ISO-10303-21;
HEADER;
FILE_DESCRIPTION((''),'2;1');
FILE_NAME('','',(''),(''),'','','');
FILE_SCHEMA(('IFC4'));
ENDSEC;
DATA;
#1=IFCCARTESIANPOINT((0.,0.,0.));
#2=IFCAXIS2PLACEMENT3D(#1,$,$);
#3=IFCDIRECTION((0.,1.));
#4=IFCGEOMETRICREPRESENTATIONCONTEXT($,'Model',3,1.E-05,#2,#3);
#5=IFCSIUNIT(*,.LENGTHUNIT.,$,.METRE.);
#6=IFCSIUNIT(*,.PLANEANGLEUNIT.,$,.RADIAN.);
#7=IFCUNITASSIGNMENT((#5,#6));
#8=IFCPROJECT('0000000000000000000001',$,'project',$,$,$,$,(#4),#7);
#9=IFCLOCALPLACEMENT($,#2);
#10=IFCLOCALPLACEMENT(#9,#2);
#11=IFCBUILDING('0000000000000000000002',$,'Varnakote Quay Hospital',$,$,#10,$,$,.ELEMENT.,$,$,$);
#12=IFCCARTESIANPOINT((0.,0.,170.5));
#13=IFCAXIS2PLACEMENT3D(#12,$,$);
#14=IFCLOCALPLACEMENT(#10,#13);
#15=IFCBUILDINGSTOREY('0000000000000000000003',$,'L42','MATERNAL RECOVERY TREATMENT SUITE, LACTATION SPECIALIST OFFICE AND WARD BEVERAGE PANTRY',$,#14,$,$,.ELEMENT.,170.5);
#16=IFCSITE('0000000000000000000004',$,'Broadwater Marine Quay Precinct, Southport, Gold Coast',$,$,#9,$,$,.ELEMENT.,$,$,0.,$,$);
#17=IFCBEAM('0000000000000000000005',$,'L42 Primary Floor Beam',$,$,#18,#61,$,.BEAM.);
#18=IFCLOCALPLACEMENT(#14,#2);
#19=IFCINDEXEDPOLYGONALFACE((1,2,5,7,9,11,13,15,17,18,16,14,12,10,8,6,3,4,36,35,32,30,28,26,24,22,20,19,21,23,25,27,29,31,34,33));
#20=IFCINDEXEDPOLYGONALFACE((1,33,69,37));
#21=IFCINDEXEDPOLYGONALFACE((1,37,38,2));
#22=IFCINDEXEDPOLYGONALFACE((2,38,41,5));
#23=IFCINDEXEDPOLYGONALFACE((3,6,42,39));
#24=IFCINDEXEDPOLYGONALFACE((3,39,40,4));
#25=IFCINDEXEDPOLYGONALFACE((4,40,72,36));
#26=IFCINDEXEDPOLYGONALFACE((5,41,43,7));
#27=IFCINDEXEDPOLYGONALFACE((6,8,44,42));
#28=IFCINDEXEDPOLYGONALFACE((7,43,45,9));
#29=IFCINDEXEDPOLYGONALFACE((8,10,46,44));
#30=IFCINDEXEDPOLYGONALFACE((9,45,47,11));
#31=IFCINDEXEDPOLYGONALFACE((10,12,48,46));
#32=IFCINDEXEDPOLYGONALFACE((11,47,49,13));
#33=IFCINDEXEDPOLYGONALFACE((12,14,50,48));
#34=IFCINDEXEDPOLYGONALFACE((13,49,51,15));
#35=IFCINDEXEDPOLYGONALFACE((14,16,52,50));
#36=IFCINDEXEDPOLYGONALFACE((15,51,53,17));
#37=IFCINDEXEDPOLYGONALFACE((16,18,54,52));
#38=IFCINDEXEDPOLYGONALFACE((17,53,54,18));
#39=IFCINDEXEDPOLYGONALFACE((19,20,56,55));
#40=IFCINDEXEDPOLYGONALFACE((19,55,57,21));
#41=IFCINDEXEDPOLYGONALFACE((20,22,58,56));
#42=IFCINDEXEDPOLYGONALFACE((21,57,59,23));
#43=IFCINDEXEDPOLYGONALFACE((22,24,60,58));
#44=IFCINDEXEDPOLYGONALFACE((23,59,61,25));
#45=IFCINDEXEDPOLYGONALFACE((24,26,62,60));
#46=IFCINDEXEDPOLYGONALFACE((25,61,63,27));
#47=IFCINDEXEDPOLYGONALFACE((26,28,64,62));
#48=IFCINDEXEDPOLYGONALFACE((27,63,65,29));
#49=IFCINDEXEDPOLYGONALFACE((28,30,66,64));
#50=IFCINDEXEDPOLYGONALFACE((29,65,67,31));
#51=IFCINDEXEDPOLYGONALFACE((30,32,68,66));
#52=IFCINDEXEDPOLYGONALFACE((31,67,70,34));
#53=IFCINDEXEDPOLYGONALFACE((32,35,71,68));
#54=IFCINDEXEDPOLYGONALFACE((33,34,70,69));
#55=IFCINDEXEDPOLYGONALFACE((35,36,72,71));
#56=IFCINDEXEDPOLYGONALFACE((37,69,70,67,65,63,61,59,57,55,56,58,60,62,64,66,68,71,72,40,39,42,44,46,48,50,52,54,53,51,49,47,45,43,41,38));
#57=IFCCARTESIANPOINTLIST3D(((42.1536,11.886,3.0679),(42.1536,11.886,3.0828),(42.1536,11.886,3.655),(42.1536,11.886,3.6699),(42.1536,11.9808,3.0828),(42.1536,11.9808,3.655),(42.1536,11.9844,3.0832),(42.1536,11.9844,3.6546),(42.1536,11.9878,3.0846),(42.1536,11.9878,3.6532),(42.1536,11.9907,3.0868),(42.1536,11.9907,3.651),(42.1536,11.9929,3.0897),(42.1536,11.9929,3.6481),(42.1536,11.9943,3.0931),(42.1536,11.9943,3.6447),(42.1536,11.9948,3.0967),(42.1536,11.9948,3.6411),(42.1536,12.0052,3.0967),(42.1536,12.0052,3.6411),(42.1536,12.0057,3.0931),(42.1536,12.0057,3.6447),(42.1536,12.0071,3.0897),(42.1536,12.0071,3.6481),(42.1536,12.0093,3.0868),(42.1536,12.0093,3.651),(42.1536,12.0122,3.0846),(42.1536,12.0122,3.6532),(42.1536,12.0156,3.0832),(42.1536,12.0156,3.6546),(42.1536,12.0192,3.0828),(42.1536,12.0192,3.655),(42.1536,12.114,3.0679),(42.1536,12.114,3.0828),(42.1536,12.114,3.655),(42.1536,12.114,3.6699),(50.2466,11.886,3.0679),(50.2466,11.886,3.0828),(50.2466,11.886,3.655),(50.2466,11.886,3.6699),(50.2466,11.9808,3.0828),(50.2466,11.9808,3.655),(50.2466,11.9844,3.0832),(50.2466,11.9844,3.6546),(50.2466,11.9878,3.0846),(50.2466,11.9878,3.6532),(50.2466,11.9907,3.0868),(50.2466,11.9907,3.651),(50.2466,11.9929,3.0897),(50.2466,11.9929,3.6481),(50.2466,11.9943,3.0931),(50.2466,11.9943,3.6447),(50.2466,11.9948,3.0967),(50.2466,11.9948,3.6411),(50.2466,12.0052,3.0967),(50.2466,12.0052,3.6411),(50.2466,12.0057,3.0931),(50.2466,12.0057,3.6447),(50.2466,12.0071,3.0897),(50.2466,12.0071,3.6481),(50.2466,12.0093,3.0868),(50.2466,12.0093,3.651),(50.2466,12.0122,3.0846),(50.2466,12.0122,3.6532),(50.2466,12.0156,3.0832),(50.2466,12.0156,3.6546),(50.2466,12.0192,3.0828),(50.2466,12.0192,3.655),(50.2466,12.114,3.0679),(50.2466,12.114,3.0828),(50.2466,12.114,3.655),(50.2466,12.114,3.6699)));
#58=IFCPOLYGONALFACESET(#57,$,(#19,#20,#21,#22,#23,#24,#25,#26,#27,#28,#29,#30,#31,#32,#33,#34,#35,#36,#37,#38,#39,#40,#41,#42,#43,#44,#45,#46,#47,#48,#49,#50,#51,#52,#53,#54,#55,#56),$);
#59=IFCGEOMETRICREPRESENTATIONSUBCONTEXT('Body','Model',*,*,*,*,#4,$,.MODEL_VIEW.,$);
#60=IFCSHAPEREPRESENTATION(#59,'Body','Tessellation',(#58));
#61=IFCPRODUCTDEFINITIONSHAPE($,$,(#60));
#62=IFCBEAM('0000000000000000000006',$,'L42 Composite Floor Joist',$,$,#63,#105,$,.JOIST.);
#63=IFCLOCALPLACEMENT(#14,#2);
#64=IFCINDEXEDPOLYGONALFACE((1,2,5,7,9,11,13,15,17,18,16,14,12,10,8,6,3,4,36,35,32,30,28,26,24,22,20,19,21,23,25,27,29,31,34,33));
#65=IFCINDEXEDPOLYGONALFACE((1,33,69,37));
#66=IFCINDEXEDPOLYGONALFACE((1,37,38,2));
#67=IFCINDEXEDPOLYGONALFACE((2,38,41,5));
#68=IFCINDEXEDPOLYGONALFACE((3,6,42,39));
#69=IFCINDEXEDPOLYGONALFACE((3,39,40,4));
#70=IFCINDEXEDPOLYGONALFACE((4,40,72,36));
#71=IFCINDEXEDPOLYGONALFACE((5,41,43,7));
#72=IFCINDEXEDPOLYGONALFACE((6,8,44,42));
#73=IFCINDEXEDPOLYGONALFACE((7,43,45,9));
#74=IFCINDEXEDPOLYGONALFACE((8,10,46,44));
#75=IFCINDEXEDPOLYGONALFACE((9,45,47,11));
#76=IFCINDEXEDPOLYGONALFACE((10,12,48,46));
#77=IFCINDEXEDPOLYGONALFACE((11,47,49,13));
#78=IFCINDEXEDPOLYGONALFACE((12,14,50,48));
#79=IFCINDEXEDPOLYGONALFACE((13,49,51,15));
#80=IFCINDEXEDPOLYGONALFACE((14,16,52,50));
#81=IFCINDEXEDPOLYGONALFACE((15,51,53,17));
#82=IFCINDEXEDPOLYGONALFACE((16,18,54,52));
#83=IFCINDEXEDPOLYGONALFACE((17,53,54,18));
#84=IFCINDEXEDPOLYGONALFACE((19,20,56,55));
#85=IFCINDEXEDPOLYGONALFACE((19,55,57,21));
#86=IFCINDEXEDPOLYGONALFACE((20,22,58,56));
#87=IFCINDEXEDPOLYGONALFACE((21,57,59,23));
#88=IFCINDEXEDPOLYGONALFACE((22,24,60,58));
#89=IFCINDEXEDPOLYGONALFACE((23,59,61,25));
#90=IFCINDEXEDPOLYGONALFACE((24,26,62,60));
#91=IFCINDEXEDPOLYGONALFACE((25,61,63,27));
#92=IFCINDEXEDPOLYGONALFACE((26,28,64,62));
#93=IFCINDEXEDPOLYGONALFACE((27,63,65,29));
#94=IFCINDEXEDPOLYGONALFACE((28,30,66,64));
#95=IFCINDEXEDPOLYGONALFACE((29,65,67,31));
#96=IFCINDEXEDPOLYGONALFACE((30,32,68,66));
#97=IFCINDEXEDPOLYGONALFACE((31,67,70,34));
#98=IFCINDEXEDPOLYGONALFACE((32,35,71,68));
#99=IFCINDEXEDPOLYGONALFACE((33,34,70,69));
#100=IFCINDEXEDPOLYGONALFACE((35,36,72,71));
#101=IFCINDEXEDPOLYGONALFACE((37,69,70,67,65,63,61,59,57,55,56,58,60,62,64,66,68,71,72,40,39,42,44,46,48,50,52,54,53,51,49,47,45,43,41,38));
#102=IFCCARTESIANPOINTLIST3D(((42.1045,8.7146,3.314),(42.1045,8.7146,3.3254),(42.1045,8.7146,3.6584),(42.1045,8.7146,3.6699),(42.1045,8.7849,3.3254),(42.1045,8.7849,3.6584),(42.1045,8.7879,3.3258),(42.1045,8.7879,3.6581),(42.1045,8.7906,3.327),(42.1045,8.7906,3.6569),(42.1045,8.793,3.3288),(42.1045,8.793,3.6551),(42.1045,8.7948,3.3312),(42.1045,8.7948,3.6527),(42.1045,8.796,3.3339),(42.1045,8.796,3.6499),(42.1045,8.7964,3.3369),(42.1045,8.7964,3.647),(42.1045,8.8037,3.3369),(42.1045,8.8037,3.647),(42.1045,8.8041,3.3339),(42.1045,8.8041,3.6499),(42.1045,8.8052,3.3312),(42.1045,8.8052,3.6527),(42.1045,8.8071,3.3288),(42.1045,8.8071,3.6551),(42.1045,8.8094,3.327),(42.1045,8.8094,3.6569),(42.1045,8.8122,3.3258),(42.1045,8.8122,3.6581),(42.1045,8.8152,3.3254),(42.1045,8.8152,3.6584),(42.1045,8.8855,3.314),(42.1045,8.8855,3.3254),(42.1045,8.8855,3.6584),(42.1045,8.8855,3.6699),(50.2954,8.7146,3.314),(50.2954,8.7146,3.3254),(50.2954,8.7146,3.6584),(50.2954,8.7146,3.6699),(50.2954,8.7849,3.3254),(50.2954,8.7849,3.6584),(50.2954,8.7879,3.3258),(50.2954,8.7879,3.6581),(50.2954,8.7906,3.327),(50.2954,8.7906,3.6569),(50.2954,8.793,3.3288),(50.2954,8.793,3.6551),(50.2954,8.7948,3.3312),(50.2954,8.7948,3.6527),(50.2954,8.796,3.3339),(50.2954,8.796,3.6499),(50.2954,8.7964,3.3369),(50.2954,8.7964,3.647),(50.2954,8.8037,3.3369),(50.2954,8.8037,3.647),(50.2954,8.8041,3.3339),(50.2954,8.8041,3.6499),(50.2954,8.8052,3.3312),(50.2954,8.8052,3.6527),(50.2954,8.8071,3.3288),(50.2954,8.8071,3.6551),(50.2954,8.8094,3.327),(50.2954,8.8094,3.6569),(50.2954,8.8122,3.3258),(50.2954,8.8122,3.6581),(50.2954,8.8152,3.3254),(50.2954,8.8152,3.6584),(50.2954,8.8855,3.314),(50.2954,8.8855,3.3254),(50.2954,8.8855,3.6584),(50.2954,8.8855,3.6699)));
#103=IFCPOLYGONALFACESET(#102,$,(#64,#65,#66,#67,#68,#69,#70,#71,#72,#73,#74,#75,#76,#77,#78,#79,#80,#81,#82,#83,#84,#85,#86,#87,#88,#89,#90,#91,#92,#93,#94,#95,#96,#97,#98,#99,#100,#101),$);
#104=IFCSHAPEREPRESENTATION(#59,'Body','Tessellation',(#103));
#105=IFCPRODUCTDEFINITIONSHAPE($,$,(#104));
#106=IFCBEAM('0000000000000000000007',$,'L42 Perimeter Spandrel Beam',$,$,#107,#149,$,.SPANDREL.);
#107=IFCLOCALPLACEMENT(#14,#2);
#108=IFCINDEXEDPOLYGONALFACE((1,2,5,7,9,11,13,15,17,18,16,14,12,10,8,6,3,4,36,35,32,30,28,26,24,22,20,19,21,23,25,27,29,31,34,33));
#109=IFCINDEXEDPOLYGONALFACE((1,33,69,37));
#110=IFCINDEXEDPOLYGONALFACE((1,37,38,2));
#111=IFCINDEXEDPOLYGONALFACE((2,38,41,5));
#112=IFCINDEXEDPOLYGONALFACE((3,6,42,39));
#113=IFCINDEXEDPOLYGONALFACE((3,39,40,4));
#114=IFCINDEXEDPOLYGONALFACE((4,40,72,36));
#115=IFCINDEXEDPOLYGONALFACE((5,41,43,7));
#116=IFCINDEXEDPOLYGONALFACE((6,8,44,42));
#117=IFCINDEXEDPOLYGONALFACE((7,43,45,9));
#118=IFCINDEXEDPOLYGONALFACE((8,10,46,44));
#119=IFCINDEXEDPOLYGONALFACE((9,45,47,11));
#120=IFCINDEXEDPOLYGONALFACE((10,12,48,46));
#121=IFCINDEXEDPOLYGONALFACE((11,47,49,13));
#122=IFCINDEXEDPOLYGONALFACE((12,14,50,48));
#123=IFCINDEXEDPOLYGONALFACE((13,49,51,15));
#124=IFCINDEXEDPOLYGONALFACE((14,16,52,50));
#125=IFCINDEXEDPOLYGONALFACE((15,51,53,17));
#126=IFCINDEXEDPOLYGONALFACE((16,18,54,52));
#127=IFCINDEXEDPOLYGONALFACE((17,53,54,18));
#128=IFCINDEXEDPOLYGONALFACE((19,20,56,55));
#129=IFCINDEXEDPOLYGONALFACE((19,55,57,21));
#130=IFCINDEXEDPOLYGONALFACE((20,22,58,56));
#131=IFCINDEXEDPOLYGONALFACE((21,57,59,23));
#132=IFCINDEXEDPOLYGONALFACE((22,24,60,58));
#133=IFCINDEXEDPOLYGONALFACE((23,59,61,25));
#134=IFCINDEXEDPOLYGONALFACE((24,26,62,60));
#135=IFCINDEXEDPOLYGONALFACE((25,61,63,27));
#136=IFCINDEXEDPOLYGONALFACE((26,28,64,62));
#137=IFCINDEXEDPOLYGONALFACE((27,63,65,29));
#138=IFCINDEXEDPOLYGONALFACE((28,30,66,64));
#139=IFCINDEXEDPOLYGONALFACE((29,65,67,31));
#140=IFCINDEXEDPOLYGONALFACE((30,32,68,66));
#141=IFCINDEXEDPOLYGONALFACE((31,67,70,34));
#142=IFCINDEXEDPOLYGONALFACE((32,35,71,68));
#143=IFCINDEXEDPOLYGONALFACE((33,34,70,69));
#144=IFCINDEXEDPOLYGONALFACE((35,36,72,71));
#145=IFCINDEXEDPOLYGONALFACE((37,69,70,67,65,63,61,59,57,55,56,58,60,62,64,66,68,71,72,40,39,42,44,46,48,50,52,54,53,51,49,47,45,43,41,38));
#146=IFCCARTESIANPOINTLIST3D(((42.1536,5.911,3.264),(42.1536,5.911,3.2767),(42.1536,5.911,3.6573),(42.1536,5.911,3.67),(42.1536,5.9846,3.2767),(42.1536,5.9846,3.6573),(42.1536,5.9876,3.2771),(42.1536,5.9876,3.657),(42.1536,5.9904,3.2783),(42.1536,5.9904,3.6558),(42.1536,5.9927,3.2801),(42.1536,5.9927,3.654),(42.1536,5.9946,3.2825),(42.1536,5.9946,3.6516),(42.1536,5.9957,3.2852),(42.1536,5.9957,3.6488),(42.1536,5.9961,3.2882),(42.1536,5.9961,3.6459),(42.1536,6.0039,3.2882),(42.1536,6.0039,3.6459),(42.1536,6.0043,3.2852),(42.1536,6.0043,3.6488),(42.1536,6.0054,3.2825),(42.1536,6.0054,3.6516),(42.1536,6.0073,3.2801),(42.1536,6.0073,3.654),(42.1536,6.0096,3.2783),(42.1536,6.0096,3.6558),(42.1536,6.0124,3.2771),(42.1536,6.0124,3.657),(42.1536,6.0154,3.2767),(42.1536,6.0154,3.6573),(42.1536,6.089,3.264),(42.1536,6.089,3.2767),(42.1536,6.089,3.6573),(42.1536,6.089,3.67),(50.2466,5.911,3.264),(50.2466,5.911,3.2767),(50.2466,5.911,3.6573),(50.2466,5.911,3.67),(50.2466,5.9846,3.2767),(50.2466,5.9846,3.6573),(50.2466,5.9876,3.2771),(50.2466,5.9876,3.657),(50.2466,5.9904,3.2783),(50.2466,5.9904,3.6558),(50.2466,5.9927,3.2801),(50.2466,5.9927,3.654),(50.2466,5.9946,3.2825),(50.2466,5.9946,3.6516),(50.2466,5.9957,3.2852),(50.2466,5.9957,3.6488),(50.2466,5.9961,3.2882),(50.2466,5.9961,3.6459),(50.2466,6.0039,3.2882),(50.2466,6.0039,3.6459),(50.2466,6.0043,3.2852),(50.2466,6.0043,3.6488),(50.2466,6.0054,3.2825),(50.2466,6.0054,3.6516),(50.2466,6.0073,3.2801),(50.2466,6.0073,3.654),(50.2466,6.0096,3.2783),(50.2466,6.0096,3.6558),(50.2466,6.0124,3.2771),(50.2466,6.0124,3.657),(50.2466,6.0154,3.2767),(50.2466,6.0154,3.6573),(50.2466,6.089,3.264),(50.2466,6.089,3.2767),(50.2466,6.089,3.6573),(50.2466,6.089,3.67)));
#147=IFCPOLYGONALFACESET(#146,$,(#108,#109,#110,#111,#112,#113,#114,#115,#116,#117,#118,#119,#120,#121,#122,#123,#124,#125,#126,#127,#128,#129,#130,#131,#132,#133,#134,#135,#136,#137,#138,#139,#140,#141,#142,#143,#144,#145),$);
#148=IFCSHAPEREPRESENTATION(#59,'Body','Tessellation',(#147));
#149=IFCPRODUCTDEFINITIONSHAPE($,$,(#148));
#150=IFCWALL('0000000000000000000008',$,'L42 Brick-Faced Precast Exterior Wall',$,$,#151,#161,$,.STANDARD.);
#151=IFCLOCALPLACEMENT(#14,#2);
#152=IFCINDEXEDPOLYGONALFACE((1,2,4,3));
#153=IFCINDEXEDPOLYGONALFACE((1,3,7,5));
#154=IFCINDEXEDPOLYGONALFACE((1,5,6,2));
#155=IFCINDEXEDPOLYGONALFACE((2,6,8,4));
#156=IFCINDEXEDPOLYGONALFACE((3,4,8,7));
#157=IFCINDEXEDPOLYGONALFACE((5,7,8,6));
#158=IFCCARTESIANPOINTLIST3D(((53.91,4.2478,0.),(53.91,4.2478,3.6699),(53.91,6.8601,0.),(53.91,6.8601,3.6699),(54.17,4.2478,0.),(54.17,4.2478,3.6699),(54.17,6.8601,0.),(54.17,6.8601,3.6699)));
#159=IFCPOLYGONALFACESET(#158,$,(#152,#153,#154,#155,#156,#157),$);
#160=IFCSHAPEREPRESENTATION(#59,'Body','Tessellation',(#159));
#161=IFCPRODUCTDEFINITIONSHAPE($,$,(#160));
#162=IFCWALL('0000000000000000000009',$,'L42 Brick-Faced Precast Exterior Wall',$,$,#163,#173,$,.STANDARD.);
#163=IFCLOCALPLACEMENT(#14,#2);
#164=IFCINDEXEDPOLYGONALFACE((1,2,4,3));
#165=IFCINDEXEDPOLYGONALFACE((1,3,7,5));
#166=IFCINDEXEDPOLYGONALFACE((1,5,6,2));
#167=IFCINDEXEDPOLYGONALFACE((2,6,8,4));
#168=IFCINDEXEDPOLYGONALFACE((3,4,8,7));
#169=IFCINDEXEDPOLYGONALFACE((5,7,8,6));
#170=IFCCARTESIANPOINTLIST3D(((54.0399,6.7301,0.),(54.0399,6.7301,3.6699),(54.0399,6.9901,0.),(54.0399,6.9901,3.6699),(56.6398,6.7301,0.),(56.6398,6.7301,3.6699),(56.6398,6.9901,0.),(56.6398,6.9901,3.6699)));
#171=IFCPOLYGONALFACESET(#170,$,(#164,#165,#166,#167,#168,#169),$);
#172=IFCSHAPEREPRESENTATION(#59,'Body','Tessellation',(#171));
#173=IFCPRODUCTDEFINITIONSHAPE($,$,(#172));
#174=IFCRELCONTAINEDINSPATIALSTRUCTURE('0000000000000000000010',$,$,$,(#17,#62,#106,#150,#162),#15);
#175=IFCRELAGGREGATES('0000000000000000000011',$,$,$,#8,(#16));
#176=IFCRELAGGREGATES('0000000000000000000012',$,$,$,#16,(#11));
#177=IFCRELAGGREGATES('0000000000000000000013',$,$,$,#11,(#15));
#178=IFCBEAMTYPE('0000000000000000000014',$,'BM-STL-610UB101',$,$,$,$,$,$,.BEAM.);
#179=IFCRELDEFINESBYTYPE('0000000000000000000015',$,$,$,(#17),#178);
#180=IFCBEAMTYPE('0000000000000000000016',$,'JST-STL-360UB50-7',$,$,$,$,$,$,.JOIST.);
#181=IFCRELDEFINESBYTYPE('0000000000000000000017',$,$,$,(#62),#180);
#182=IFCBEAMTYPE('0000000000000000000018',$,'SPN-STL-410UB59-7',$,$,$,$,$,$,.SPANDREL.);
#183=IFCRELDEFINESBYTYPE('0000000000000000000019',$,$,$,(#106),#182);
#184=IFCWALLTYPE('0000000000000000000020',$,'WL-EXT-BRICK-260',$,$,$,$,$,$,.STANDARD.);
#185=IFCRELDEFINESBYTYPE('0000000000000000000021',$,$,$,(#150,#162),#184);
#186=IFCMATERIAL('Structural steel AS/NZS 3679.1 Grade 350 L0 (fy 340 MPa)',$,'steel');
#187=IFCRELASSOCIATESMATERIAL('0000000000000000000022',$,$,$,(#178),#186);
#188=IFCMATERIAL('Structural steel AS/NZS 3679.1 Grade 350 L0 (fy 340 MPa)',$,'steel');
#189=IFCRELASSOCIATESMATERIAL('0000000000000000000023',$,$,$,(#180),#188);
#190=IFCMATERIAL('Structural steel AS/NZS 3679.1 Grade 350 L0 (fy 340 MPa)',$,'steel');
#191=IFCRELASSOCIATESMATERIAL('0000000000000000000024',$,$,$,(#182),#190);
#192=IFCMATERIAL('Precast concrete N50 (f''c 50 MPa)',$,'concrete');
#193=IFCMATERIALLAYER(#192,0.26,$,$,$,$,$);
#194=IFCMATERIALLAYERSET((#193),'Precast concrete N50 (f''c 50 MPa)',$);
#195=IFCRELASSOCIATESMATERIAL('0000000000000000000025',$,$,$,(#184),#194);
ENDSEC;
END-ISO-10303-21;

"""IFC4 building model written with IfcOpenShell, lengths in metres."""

from ifc_helpers import new_model, si_unit, direction, frame, frame_2d, origin, origin_2d, place, context, subcontext, project, spatial, rectangle, i_section, extrude, material, layer, layer_set, material_profile, profile_set, type_object, element, save


model = new_model("IFC4")

# Units and contexts
model_context = context("Model", 3, precision=1e-05, world=origin(), true_north=direction((0.0, 1.0)))
body_context = subcontext(model_context, "Body", "Model", "MODEL_VIEW")
ifc_project = project(units=[si_unit("LENGTHUNIT", "METRE"), si_unit("PLANEANGLEUNIT", "RADIAN")], contexts=[model_context])

# Site, building, storey
site_placement = place(None, origin())
site = spatial("IfcSite", under=ifc_project, at=site_placement, Name="Broadwater Marine Quay Precinct, Southport, Gold Coast", CompositionType="ELEMENT", RefElevation=0.0)
building_placement = place(site_placement, origin())
building = spatial("IfcBuilding", under=site, at=building_placement, Name="Varnakote Quay Hospital", CompositionType="ELEMENT")
storey_placement = place(building_placement, frame((0.0, 0.0, 170.5)))
storey = spatial("IfcBuildingStorey", under=building, at=storey_placement, Name="L42", Description="MATERNAL RECOVERY TREATMENT SUITE, LACTATION SPECIALIST OFFICE AND WARD BEVERAGE PANTRY", CompositionType="ELEMENT", Elevation=170.5)

# Beams
ifc_material_1 = material(Name="Structural steel AS/NZS 3679.1 Grade 350 L0 (fy 340 MPa)", Category="steel")
ifc_material_profile_1 = material_profile(ifc_material_1, i_section(OverallWidth=0.228, OverallDepth=0.6021, WebThickness=0.0105, FlangeThickness=0.0149, FilletRadius=0.0139, at=origin_2d()), Name="610UB101")
ifc_profile_set_1 = profile_set([ifc_material_profile_1], Name="Structural steel AS/NZS 3679.1 Grade 350 L0 (fy 340 MPa)")
beam_type_1 = type_object("IfcBeamType", Name="BM-STL-610UB101", PredefinedType="BEAM", material=ifc_profile_set_1)
beam_1_placement = place(storey_placement, frame((42.1536, 12.0, 3.3689), z_axis=(1.0, 0.0, 0.0), x_axis=(0.0, 1.0, 0.0)))
element("IfcBeam", 1, at=beam_1_placement, inside=storey, type_object=beam_type_1, Name="L42 Primary Floor Beam", PredefinedType="BEAM", context=body_context, shape_type="SweptSolid", body=[
    extrude(i_section(OverallWidth=0.228, OverallDepth=0.6021, WebThickness=0.0105, FlangeThickness=0.0149, FilletRadius=0.0139, at=origin_2d()), origin(), (0.0, 0.0, 1.0), 8.093),
])
ifc_material_2 = material(Name="Structural steel AS/NZS 3679.1 Grade 350 L0 (fy 340 MPa)", Category="steel")
ifc_material_profile_2 = material_profile(ifc_material_2, i_section(OverallWidth=0.1709, OverallDepth=0.356, WebThickness=0.0073, FlangeThickness=0.0115, FilletRadius=0.0115, at=origin_2d()), Name="360UB50.7")
ifc_profile_set_2 = profile_set([ifc_material_profile_2], Name="Structural steel AS/NZS 3679.1 Grade 350 L0 (fy 340 MPa)")
beam_type_2 = type_object("IfcBeamType", Name="JST-STL-360UB50-7", PredefinedType="JOIST", material=ifc_profile_set_2)
beam_2_placement = place(storey_placement, frame((42.1045, 8.8, 3.4919), z_axis=(1.0, 0.0, 0.0), x_axis=(0.0, 1.0, 0.0)))
element("IfcBeam", 2, at=beam_2_placement, inside=storey, type_object=beam_type_2, Name="L42 Composite Floor Joist", PredefinedType="JOIST", context=body_context, shape_type="SweptSolid", body=[
    extrude(i_section(OverallWidth=0.1709, OverallDepth=0.356, WebThickness=0.0073, FlangeThickness=0.0115, FilletRadius=0.0115, at=origin_2d()), origin(), (0.0, 0.0, 1.0), 8.1909),
])
ifc_material_3 = material(Name="Structural steel AS/NZS 3679.1 Grade 350 L0 (fy 340 MPa)", Category="steel")
ifc_material_profile_3 = material_profile(ifc_material_3, i_section(OverallWidth=0.178, OverallDepth=0.406, WebThickness=0.0078, FlangeThickness=0.0127, FilletRadius=0.0115, at=origin_2d()), Name="410UB59.7")
ifc_profile_set_3 = profile_set([ifc_material_profile_3], Name="Structural steel AS/NZS 3679.1 Grade 350 L0 (fy 340 MPa)")
beam_type_3 = type_object("IfcBeamType", Name="SPN-STL-410UB59-7", PredefinedType="SPANDREL", material=ifc_profile_set_3)
beam_3_placement = place(storey_placement, frame((42.1536, 6.0, 3.467), z_axis=(1.0, 0.0, 0.0), x_axis=(0.0, 1.0, 0.0)))
element("IfcBeam", 3, at=beam_3_placement, inside=storey, type_object=beam_type_3, Name="L42 Perimeter Spandrel Beam", PredefinedType="SPANDREL", context=body_context, shape_type="SweptSolid", body=[
    extrude(i_section(OverallWidth=0.178, OverallDepth=0.406, WebThickness=0.0078, FlangeThickness=0.0127, FilletRadius=0.0115, at=origin_2d()), origin(), (0.0, 0.0, 1.0), 8.093),
])

# Walls
ifc_material_4 = material(Name="Precast concrete N50 (f'c 50 MPa)", Category="concrete")
ifc_layer_1 = layer(ifc_material_4, 0.26)
ifc_layer_set_1 = layer_set([ifc_layer_1], Name="Precast concrete N50 (f'c 50 MPa)")
wall_type_1 = type_object("IfcWallType", Name="WL-EXT-BRICK-260", PredefinedType="STANDARD", material=ifc_layer_set_1)
wall_1_placement = place(storey_placement, frame((54.04, 4.2478, 0.0), z_axis=(0.0, 0.0, 1.0), x_axis=(0.0, 1.0, 0.0)))
element("IfcWall", 4, at=wall_1_placement, inside=storey, type_object=wall_type_1, Name="L42 Brick-Faced Precast Exterior Wall", PredefinedType="STANDARD", context=body_context, shape_type="SweptSolid", body=[
    extrude(rectangle(XDim=2.6123, YDim=0.26, at=frame_2d((1.3062, 0.0))), origin(), (0.0, 0.0, 1.0), 3.6699),
])
wall_2_placement = place(storey_placement, frame((54.04, 6.8601, 0.0), z_axis=(0.0, 0.0, 1.0), x_axis=(1.0, 0.0, 0.0)))
element("IfcWall", 5, at=wall_2_placement, inside=storey, type_object=wall_type_1, Name="L42 Brick-Faced Precast Exterior Wall", PredefinedType="STANDARD", context=body_context, shape_type="SweptSolid", body=[
    extrude(rectangle(XDim=2.5999, YDim=0.26, at=frame_2d((1.2998, 0.0))), origin(), (0.0, 0.0, 1.0), 3.6699),
])

save(model, "model.ifc")
